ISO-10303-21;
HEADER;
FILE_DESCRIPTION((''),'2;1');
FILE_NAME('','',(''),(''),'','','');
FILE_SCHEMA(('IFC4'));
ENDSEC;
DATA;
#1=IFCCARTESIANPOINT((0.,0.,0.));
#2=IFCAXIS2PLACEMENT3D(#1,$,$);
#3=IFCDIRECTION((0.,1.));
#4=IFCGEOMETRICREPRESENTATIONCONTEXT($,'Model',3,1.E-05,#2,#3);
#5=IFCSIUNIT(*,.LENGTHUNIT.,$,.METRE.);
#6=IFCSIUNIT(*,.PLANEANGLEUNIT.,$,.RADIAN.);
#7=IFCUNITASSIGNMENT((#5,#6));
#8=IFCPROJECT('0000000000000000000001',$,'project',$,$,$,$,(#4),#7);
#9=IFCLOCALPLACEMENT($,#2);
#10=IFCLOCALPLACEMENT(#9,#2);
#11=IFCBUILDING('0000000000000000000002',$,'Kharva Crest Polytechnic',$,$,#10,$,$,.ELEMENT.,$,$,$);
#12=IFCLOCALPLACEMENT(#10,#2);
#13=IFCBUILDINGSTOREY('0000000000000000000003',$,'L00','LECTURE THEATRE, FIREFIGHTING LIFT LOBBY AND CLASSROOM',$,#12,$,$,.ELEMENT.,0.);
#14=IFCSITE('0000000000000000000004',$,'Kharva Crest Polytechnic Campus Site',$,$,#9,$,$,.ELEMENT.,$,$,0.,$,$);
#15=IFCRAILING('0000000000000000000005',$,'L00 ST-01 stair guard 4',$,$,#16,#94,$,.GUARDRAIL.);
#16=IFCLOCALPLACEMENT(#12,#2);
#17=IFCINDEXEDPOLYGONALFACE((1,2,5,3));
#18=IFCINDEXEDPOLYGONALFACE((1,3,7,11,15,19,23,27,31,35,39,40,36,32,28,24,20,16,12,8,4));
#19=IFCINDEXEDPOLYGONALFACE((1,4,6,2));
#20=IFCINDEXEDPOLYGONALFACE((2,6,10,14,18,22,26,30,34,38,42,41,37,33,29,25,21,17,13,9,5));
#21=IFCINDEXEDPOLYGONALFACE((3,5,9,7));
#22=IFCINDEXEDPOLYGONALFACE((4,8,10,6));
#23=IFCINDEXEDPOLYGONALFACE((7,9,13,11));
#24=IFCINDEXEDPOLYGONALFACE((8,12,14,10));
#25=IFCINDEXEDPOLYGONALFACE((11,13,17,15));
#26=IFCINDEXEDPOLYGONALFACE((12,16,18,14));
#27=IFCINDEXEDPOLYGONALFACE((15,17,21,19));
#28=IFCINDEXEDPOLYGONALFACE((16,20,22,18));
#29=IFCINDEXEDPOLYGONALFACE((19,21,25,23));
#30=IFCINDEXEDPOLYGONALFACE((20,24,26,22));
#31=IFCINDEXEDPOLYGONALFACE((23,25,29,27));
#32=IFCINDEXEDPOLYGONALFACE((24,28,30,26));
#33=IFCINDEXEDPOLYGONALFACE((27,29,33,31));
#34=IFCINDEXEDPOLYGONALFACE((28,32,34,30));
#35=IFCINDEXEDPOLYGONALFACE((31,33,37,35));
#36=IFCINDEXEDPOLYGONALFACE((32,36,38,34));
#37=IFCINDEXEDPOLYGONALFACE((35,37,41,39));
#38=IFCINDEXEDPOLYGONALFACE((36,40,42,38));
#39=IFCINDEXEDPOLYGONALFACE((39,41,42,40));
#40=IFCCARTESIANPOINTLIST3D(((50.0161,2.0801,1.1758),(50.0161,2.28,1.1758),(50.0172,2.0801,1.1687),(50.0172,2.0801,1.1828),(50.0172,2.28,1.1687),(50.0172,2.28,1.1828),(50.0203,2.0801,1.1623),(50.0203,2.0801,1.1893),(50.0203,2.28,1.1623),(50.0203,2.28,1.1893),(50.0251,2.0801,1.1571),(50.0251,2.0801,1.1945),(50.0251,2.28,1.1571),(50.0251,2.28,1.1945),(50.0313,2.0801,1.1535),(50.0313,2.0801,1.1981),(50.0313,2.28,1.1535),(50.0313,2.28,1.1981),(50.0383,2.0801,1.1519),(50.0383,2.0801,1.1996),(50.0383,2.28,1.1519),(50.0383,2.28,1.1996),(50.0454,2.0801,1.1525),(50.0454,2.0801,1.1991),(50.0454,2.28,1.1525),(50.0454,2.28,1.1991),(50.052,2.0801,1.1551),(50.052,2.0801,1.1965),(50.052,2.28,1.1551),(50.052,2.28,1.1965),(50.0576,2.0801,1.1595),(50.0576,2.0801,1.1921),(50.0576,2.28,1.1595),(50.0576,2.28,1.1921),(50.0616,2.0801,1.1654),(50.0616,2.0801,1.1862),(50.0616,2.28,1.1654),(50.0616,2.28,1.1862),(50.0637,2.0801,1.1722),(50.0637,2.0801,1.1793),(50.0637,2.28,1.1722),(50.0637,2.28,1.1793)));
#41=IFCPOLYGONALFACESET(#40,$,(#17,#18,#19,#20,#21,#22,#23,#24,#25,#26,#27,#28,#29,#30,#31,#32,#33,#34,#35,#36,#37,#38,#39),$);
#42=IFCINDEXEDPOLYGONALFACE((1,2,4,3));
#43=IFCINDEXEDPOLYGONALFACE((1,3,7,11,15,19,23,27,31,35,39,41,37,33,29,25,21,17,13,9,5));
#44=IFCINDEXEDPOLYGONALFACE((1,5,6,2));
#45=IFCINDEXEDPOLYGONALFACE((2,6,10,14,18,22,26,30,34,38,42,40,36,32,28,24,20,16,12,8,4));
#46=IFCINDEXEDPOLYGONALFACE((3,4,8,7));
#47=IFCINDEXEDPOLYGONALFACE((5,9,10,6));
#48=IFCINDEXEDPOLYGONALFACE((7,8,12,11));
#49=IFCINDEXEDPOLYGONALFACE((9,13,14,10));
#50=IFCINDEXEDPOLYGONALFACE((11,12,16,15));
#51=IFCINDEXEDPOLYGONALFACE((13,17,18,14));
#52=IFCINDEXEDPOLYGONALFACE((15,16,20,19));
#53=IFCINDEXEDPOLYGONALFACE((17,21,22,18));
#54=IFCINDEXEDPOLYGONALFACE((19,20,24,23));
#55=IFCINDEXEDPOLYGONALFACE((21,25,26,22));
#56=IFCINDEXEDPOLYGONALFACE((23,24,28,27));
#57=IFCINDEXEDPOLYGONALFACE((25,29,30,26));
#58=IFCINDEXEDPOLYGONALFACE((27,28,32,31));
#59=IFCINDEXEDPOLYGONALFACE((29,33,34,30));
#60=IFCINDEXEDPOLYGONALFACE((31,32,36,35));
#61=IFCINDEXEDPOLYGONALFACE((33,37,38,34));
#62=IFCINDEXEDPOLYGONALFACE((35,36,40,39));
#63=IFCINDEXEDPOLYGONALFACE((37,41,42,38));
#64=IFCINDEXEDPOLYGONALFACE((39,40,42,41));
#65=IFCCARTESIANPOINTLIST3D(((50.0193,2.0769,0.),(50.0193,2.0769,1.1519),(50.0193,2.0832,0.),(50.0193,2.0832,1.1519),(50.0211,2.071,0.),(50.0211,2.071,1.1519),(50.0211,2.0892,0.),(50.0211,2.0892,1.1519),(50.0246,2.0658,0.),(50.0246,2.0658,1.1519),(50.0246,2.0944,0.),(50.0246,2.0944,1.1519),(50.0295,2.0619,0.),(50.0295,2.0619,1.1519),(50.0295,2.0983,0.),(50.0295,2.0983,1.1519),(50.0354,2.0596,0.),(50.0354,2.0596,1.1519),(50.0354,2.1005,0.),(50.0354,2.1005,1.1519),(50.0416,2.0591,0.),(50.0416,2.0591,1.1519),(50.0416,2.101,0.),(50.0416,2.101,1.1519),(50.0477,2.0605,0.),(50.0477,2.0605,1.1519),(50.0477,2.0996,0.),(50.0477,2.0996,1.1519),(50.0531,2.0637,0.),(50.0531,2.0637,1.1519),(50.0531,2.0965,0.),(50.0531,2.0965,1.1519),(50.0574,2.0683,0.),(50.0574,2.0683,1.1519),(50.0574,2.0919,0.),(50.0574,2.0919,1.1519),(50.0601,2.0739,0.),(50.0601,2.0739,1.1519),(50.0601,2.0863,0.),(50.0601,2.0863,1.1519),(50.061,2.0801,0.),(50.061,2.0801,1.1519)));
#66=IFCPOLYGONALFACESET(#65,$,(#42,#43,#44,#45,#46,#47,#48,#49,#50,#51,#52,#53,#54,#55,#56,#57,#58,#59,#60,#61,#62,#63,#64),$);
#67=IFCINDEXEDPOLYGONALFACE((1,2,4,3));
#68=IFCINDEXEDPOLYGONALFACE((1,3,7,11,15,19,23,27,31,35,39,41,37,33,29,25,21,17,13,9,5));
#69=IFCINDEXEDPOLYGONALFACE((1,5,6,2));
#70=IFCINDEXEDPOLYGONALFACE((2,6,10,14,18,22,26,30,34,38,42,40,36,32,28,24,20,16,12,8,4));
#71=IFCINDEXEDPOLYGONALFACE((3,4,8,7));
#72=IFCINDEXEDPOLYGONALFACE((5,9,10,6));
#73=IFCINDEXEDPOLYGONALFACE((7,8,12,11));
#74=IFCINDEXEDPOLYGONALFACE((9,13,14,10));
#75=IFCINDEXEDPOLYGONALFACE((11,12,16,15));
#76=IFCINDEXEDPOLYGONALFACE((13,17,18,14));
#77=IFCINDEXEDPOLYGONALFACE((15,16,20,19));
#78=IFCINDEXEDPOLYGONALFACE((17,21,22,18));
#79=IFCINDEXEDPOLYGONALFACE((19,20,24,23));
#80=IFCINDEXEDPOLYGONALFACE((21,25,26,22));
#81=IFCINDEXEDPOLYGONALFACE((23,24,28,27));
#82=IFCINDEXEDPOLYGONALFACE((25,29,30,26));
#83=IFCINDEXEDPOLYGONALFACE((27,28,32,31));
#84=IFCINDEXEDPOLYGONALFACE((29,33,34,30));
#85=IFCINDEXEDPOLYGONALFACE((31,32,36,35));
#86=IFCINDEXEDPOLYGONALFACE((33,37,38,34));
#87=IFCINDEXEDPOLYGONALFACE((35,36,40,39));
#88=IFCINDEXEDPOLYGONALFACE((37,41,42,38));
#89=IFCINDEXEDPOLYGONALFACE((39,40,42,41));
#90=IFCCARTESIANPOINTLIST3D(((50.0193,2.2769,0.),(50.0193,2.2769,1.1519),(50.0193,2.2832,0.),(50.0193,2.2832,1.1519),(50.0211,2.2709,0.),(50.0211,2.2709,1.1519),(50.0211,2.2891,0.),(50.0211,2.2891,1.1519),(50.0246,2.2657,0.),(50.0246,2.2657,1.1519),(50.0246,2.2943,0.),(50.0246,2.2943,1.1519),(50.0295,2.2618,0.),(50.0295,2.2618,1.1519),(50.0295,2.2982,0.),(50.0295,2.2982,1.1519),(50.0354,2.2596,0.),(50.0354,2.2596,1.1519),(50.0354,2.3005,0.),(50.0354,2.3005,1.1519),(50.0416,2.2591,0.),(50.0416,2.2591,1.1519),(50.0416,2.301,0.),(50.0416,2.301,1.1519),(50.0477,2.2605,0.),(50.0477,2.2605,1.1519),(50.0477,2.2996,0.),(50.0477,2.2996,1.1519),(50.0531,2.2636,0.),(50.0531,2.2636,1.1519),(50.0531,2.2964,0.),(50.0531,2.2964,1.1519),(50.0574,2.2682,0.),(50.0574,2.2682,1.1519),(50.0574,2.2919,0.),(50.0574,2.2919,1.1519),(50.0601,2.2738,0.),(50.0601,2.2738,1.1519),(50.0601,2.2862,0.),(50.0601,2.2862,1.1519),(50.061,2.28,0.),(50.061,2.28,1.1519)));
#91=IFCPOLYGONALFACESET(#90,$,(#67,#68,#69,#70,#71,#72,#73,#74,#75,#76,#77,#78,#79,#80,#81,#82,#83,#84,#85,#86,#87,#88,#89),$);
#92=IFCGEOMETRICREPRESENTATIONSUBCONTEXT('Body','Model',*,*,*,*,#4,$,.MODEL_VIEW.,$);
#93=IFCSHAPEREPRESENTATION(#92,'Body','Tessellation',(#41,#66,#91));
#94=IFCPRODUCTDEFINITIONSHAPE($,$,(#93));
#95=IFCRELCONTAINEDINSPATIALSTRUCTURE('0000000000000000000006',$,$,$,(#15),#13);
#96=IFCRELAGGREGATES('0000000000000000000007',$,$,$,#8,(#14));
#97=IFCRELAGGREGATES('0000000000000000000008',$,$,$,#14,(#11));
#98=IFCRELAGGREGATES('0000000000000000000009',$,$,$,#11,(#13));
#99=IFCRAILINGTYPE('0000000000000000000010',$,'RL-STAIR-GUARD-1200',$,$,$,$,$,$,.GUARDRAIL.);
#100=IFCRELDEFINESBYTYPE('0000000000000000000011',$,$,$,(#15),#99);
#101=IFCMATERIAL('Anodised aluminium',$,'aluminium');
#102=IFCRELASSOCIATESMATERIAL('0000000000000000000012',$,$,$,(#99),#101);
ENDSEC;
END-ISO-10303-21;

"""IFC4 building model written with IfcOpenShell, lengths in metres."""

from ifc_helpers import new_model, si_unit, direction, frame, origin, origin_2d, place, context, subcontext, project, spatial, circle, extrude, material, type_object, element, save


model = new_model("IFC4")

# Units and contexts
model_context = context("Model", 3, precision=1e-05, world=origin(), true_north=direction((0.0, 1.0)))
body_context = subcontext(model_context, "Body", "Model", "MODEL_VIEW")
ifc_project = project(units=[si_unit("LENGTHUNIT", "METRE"), si_unit("PLANEANGLEUNIT", "RADIAN")], contexts=[model_context])

# Site, building, storey
site_placement = place(None, origin())
site = spatial("IfcSite", under=ifc_project, at=site_placement, Name="Kharva Crest Polytechnic Campus Site", CompositionType="ELEMENT", RefElevation=0.0)
building_placement = place(site_placement, origin())
building = spatial("IfcBuilding", under=site, at=building_placement, Name="Kharva Crest Polytechnic", CompositionType="ELEMENT")
storey_placement = place(building_placement, origin())
storey = spatial("IfcBuildingStorey", under=building, at=storey_placement, Name="L00", Description="LECTURE THEATRE, FIREFIGHTING LIFT LOBBY AND CLASSROOM", CompositionType="ELEMENT", Elevation=0.0)

# Shared definitions
ifc_material_1 = material(Name="Anodised aluminium", Category="aluminium")

# Railing
railing_type_1 = type_object("IfcRailingType", Name="RL-STAIR-GUARD-1200", PredefinedType="GUARDRAIL", material=ifc_material_1)
railing_1_placement = place(storey_placement, frame((50.04, 2.0801, 0.0)))
element("IfcRailing", 1, at=railing_1_placement, inside=storey, type_object=railing_type_1, Name="L00 ST-01 stair guard 4", PredefinedType="GUARDRAIL", context=body_context, shape_type="SweptSolid", body=[
    extrude(circle(Radius=0.0239, at=origin_2d()), frame((0.0, 0.0, 1.1758), z_axis=(0.0, 1.0, 0.0), x_axis=(-1.0, 0.0, 0.0)), (0.0, 0.0, 1.0), 0.2),
    extrude(circle(Radius=0.021, at=origin_2d()), origin(), (0.0, 0.0, 1.0), 1.1519),
    extrude(circle(Radius=0.021, at=origin_2d()), frame((0.0, 0.2, 0.0)), (0.0, 0.0, 1.0), 1.1519),
])

save(model, "model.ifc")
